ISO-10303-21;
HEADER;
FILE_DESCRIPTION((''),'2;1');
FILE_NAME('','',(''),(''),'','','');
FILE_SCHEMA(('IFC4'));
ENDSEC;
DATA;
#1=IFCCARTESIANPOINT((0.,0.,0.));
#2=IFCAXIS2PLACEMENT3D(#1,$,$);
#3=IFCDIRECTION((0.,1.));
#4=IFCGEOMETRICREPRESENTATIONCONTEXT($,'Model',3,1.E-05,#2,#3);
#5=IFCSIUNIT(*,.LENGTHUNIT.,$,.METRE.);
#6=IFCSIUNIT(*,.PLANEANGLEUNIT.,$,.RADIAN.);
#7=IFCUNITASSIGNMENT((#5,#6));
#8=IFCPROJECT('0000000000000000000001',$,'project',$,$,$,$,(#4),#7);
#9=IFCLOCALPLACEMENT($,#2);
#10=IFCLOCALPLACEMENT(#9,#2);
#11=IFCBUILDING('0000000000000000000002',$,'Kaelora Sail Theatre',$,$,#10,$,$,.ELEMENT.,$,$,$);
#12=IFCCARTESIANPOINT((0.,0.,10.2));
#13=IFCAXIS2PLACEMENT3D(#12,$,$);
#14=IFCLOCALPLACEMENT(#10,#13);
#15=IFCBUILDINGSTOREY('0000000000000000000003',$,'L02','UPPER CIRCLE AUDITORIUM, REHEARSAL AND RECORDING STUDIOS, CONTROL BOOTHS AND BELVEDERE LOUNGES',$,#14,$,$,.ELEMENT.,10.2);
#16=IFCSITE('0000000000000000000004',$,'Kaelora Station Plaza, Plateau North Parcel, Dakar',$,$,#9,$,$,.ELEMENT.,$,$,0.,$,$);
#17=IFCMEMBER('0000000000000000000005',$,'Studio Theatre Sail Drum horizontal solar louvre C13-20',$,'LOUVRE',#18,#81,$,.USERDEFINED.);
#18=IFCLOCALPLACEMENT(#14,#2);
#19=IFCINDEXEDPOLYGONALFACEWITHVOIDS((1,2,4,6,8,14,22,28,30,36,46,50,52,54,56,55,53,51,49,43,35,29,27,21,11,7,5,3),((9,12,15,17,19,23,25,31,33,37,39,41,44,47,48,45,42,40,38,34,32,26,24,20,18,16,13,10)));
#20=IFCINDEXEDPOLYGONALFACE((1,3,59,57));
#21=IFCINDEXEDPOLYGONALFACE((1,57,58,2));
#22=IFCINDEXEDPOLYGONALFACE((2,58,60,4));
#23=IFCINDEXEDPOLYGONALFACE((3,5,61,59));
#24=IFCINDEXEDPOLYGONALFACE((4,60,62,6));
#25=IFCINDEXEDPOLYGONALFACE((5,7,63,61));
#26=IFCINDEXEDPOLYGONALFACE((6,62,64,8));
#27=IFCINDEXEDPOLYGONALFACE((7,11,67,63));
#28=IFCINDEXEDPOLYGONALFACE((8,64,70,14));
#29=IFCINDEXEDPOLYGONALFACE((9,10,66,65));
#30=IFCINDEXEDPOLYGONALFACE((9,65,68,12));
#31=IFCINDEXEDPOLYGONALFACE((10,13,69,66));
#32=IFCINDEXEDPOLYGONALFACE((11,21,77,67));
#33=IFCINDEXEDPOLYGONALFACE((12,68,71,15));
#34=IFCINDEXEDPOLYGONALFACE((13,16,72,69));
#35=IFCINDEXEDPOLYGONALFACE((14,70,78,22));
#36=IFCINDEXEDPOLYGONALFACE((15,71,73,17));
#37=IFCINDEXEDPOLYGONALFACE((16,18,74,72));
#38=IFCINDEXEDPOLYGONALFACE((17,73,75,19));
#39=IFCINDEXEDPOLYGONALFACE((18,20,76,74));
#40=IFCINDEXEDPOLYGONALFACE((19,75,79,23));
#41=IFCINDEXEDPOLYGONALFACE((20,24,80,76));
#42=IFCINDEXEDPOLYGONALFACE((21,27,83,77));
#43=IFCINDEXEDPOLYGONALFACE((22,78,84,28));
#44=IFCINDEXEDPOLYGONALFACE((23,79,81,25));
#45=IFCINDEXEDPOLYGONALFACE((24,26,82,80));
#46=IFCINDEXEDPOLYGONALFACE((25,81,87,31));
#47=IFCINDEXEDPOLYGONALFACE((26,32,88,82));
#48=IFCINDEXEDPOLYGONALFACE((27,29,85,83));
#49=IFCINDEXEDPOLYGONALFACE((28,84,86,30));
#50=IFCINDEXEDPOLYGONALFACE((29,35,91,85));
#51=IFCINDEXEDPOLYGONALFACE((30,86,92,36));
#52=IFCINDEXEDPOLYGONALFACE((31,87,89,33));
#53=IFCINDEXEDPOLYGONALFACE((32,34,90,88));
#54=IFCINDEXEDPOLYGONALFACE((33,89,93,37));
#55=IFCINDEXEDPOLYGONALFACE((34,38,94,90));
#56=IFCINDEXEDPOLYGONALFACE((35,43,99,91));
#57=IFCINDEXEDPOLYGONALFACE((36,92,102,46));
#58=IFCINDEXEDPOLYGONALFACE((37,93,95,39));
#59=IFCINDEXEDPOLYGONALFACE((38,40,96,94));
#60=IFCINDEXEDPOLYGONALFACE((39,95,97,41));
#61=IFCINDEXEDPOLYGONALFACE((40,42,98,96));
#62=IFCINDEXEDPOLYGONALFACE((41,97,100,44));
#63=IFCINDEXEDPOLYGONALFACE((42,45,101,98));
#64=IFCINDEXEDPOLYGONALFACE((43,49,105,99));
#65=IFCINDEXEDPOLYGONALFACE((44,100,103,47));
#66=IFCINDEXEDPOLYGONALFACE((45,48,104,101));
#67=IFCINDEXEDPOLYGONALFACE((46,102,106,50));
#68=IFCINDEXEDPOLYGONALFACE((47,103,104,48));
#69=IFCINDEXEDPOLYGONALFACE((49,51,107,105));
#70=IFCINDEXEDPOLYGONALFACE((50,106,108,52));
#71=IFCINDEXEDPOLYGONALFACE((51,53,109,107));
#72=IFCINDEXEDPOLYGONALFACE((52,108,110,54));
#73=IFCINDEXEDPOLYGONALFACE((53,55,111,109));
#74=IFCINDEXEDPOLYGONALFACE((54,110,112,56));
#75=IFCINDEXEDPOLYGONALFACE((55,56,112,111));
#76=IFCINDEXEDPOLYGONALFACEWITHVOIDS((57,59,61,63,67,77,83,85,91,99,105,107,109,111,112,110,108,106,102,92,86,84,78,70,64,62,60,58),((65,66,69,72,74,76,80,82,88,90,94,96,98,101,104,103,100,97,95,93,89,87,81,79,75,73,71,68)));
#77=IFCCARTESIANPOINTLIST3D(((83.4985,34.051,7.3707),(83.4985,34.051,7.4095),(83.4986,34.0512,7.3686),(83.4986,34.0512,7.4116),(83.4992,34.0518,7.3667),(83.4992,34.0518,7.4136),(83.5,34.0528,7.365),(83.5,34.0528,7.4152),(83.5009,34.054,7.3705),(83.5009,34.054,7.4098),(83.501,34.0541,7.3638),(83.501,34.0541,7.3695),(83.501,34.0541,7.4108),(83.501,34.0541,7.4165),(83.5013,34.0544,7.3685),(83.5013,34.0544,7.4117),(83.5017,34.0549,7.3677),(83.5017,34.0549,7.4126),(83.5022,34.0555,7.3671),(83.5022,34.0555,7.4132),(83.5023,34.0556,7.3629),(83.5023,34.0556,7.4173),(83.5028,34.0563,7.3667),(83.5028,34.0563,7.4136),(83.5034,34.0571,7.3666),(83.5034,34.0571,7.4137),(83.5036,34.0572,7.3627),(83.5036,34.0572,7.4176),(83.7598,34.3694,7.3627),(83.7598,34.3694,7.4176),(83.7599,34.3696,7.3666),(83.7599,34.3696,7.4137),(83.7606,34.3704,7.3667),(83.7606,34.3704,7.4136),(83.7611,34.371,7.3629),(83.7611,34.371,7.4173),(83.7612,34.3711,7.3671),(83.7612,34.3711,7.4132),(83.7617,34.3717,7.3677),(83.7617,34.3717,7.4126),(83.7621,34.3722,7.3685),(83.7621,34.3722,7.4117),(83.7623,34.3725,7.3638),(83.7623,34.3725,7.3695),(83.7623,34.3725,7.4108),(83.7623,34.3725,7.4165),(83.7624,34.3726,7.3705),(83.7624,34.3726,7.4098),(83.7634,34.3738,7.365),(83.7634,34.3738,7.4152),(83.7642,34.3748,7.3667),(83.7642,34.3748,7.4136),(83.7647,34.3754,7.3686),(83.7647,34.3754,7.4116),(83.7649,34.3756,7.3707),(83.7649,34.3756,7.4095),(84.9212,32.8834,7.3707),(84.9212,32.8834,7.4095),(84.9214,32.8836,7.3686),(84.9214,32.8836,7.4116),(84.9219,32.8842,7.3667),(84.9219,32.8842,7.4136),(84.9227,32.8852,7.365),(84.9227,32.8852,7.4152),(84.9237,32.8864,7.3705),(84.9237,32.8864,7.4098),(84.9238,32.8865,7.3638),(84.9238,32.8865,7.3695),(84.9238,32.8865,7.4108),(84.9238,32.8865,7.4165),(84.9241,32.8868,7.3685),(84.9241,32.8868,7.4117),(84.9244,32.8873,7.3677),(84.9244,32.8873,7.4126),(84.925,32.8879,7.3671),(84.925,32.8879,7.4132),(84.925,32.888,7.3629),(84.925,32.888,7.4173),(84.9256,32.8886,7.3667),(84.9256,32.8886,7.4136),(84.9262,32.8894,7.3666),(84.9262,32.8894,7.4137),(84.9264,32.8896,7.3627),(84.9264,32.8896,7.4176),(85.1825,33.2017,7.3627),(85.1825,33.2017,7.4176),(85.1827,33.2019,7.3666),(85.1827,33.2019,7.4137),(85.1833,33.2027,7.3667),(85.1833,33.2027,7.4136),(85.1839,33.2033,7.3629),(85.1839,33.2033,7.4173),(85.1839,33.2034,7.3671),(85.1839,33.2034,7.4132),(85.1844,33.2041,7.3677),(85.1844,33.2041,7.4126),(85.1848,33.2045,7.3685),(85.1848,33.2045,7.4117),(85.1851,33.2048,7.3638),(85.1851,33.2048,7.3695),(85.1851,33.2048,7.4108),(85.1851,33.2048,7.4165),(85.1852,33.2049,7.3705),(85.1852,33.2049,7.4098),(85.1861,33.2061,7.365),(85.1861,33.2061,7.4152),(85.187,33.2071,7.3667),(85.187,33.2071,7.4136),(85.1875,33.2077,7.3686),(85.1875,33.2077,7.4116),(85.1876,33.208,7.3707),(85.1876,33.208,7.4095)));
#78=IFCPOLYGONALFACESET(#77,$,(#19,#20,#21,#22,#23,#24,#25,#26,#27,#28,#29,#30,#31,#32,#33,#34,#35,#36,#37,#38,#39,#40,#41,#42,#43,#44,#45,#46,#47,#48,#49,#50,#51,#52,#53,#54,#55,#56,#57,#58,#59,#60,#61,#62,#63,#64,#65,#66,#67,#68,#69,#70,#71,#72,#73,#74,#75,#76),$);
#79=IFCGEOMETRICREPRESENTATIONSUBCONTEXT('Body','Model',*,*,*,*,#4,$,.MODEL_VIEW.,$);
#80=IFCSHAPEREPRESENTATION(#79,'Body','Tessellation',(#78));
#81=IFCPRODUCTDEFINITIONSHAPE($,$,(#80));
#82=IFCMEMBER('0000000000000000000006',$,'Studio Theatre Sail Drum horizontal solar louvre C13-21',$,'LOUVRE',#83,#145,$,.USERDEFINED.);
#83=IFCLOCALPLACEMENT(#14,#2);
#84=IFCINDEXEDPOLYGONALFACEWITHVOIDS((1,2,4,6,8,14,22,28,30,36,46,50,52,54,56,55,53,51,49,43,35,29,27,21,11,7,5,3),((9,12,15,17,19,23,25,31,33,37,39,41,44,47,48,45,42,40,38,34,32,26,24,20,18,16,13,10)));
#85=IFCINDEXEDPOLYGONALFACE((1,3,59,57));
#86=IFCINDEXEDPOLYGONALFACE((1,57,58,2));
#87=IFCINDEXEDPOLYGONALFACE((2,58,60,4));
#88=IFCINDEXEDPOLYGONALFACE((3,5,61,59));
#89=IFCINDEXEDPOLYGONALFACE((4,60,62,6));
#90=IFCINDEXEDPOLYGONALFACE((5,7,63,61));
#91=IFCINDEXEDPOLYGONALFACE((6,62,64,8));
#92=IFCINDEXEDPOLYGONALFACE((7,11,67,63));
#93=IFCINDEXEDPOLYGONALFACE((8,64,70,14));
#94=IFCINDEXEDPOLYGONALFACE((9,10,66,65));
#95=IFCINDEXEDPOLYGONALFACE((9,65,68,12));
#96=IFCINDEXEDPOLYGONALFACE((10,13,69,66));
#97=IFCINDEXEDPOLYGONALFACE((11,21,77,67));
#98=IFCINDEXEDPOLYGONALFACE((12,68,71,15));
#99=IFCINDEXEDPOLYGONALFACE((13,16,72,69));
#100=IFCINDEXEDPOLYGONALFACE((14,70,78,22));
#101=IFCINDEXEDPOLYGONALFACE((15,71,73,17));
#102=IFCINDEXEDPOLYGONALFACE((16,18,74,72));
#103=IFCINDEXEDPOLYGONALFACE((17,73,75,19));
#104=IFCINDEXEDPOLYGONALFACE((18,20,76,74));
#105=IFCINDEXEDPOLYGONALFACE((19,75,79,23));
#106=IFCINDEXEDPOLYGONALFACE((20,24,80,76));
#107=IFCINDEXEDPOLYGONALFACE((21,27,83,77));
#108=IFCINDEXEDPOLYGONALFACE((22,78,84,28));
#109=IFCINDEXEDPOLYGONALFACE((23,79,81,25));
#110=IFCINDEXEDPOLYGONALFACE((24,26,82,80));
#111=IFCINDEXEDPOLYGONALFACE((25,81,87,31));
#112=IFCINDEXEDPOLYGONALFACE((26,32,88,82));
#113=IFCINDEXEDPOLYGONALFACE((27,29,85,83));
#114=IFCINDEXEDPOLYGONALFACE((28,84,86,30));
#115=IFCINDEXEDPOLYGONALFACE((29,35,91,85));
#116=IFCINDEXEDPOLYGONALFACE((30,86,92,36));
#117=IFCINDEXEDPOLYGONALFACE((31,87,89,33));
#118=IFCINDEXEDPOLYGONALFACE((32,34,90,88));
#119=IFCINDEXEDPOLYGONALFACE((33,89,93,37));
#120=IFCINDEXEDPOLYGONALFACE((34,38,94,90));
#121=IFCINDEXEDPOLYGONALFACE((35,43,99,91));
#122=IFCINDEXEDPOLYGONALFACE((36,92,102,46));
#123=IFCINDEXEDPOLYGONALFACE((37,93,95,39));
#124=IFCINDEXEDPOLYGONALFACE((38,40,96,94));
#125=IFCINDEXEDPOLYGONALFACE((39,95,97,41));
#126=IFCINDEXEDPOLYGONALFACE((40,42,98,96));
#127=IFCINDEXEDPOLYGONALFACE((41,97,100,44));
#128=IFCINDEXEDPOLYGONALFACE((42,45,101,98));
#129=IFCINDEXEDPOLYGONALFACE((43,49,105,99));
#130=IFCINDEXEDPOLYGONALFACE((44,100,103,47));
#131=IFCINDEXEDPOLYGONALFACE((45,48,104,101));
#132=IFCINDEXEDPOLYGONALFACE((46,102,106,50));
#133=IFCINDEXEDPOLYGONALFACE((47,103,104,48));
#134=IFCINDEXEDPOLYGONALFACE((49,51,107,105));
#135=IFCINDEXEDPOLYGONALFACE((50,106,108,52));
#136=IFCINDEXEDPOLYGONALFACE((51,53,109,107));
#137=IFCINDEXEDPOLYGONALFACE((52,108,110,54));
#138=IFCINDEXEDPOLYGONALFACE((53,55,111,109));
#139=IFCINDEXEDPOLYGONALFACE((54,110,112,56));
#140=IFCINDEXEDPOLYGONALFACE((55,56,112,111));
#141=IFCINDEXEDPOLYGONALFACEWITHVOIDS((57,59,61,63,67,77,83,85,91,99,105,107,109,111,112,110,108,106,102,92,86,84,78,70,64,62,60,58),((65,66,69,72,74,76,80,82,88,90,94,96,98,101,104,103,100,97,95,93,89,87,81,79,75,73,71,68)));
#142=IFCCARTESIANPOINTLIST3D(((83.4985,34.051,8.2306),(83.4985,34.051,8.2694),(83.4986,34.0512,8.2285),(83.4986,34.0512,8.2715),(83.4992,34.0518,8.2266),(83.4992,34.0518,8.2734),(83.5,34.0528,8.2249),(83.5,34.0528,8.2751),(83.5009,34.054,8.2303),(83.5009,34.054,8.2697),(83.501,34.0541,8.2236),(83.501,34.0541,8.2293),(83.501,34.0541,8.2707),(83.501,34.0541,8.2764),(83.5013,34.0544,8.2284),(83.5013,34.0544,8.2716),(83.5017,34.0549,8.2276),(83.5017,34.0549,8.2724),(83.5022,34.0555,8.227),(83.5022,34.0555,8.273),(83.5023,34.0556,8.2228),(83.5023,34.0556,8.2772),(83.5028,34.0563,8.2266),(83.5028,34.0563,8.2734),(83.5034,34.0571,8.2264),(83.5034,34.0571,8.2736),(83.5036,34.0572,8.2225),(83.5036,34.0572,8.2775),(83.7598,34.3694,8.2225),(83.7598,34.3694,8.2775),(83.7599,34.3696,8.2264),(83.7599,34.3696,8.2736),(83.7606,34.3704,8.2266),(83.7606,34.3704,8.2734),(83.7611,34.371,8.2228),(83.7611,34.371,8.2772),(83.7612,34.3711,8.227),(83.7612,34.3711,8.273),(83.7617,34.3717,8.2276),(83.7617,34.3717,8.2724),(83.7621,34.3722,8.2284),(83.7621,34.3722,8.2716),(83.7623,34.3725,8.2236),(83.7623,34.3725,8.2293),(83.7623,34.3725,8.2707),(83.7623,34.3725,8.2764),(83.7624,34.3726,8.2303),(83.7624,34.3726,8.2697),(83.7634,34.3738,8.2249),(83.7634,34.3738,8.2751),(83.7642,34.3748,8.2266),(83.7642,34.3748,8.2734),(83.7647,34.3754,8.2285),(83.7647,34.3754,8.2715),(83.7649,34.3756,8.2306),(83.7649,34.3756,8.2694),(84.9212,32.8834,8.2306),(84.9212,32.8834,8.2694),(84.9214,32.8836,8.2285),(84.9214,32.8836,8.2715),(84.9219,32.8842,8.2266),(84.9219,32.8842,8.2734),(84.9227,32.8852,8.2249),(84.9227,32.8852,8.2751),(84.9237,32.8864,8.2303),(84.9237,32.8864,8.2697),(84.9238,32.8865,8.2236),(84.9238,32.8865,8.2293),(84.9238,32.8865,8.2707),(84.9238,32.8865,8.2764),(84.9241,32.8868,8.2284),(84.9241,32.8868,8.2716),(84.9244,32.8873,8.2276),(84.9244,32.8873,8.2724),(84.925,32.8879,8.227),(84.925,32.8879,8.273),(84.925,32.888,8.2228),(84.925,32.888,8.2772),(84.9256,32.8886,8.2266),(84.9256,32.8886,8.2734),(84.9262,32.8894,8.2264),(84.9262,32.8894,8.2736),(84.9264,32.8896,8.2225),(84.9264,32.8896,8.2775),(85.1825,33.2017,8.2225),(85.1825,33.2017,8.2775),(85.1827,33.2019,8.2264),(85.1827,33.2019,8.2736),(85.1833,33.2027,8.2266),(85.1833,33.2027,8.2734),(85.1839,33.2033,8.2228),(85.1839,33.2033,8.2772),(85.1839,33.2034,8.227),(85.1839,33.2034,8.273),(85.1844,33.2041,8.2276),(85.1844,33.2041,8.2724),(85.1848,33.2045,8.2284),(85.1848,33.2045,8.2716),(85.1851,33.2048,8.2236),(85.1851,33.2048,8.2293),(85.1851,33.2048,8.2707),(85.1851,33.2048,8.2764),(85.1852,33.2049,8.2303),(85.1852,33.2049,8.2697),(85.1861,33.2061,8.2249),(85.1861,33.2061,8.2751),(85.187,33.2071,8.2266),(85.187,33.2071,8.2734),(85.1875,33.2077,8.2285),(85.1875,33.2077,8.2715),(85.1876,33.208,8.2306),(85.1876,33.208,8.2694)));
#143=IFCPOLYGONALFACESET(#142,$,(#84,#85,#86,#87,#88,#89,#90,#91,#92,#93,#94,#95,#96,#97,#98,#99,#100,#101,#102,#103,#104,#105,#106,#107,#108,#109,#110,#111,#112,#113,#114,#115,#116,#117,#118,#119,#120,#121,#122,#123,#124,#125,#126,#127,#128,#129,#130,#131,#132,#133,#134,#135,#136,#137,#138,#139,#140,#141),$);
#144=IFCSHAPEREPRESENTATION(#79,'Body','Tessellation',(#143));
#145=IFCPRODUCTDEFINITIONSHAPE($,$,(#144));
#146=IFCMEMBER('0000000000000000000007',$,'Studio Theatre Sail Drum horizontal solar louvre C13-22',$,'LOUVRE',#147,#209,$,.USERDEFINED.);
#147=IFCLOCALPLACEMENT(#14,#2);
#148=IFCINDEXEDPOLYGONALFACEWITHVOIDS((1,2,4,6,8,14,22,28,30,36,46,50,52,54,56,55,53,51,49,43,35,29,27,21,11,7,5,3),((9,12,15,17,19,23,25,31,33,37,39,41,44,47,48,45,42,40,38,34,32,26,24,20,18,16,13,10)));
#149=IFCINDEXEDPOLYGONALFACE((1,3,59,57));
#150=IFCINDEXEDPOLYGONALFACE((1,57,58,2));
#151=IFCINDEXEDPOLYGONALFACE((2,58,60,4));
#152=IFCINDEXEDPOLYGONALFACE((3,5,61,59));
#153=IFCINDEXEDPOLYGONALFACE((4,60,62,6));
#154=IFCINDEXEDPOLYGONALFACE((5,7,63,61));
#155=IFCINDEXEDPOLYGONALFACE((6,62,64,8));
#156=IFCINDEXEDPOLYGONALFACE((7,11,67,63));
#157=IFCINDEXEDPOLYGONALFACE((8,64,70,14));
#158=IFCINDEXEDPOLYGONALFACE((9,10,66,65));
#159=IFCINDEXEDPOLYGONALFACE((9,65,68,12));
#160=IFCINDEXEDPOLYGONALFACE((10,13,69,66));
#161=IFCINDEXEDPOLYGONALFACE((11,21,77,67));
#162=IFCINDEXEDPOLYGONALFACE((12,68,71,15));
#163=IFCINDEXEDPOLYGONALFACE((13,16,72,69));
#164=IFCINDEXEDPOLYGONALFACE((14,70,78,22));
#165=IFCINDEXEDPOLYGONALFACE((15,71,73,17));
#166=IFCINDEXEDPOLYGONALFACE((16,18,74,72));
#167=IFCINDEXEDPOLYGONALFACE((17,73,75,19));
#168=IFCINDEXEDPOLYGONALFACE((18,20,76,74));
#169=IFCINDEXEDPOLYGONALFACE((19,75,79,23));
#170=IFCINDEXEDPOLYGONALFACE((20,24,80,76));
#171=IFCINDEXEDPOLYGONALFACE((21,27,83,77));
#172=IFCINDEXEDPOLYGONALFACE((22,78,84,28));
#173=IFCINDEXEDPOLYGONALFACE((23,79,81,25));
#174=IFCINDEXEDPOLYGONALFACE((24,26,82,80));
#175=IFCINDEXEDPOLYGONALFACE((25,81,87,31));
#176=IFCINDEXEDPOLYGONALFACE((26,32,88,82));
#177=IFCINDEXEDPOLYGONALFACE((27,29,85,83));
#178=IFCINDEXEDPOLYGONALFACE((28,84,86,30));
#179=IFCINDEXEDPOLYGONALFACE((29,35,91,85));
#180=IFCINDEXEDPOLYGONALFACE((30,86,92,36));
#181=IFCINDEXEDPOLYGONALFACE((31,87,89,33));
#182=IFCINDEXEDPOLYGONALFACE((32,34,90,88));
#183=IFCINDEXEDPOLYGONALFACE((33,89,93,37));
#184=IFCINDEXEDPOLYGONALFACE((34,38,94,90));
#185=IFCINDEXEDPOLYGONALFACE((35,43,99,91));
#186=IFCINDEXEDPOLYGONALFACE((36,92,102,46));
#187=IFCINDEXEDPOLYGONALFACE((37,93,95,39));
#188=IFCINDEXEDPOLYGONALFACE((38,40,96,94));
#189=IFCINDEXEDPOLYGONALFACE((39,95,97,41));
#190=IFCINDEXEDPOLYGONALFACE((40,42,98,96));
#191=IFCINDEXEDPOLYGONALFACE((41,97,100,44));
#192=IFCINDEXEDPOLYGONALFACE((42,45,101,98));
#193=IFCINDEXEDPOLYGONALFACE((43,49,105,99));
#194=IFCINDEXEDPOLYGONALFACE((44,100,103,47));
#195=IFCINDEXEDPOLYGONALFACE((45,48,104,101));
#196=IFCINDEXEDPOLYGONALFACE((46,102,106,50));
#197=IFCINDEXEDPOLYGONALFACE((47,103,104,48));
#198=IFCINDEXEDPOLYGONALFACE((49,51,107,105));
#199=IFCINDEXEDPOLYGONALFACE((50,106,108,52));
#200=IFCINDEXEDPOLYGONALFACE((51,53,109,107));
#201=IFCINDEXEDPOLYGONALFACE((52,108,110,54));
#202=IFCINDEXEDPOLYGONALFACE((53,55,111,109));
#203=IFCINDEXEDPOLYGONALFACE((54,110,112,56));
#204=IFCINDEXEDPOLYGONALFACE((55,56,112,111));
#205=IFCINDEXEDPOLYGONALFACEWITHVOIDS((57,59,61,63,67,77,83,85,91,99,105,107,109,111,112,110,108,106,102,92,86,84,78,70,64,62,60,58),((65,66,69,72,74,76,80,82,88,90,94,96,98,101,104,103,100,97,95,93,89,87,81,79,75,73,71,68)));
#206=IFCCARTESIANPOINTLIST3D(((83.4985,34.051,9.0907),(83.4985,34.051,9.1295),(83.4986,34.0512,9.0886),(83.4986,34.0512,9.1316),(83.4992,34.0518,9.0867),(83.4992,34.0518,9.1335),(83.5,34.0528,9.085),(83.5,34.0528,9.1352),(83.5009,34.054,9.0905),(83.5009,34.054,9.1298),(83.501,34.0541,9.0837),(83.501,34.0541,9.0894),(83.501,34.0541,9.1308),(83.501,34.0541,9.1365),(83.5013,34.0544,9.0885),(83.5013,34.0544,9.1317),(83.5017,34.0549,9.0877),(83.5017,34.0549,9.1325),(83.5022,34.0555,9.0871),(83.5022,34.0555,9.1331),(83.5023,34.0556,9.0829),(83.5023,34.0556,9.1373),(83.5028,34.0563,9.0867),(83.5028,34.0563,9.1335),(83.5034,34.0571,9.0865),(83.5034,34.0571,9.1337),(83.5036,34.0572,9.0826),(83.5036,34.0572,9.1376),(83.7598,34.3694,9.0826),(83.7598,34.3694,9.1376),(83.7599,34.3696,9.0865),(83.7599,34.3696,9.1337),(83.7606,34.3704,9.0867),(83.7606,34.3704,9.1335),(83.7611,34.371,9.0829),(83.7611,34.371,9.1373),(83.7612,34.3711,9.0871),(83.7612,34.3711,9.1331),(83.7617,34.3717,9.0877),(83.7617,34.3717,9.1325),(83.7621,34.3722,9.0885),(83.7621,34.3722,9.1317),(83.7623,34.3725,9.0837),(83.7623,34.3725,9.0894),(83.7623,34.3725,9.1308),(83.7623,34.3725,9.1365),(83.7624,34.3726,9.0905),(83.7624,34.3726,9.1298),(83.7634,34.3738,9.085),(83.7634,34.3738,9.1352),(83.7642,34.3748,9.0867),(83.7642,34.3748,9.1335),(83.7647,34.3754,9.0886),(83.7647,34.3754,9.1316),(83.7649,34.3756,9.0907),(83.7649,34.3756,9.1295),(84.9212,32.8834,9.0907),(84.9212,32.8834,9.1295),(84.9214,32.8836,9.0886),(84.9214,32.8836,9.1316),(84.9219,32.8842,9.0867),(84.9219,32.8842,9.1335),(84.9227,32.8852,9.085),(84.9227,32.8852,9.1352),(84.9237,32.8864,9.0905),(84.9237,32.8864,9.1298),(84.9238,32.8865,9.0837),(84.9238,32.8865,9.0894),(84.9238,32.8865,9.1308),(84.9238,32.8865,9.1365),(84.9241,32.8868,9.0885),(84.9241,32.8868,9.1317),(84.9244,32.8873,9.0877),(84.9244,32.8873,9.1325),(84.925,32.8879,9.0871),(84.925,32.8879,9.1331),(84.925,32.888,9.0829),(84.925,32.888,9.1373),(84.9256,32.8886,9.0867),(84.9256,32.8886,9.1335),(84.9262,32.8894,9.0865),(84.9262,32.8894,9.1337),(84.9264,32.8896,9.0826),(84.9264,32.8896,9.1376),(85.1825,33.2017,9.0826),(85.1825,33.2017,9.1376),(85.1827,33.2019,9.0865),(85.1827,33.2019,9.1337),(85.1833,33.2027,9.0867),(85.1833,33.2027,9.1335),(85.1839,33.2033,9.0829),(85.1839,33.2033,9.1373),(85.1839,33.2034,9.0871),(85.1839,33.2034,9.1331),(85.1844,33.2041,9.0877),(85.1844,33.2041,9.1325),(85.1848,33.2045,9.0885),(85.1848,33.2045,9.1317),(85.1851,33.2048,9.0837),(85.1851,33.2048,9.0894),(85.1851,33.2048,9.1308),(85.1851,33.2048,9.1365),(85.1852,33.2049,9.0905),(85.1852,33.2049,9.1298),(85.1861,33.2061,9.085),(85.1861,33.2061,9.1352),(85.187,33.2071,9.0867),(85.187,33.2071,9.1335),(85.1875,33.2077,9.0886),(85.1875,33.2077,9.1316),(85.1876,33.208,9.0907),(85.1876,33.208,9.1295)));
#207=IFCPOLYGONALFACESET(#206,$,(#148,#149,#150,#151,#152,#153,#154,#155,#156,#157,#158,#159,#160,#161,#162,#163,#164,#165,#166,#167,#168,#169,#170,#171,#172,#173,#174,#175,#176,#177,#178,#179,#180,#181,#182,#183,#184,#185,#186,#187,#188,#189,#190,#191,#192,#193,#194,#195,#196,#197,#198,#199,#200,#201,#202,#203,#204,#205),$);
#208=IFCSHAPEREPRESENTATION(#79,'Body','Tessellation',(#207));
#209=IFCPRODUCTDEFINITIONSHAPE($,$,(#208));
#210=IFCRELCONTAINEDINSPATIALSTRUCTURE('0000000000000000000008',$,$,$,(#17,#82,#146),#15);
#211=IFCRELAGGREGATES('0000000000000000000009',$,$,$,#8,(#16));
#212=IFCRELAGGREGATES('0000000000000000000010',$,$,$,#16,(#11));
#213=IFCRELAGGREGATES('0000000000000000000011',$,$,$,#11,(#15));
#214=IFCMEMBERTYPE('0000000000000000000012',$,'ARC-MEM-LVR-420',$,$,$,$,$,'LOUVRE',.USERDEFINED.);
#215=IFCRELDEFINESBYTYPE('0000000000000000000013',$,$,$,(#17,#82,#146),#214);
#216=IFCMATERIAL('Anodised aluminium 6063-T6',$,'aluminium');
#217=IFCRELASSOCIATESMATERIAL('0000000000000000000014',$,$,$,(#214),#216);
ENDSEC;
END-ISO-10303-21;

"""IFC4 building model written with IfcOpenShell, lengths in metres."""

from ifc_helpers import new_model, si_unit, direction, frame, origin, origin_2d, place, context, subcontext, project, spatial, hollow_rectangle, extrude, material, material_profile, profile_set, type_object, element, save


model = new_model("IFC4")

# Units and contexts
model_context = context("Model", 3, precision=1e-05, world=origin(), true_north=direction((0.0, 1.0)))
body_context = subcontext(model_context, "Body", "Model", "MODEL_VIEW")
ifc_project = project(units=[si_unit("LENGTHUNIT", "METRE"), si_unit("PLANEANGLEUNIT", "RADIAN")], contexts=[model_context])

# Site, building, storey
site_placement = place(None, origin())
site = spatial("IfcSite", under=ifc_project, at=site_placement, Name="Kaelora Station Plaza, Plateau North Parcel, Dakar", CompositionType="ELEMENT", RefElevation=0.0)
building_placement = place(site_placement, origin())
building = spatial("IfcBuilding", under=site, at=building_placement, Name="Kaelora Sail Theatre", CompositionType="ELEMENT")
storey_placement = place(building_placement, frame((0.0, 0.0, 10.2)))
storey = spatial("IfcBuildingStorey", under=building, at=storey_placement, Name="L02", Description="UPPER CIRCLE AUDITORIUM, REHEARSAL AND RECORDING STUDIOS, CONTROL BOOTHS AND BELVEDERE LOUNGES", CompositionType="ELEMENT", Elevation=10.2)

# Members
ifc_material_1 = material(Name="Anodised aluminium 6063-T6", Category="aluminium")
ifc_material_profile_1 = material_profile(ifc_material_1, hollow_rectangle(XDim=0.4199, YDim=0.0549, WallThickness=0.0039, InnerFilletRadius=0.0039, OuterFilletRadius=0.0081, at=origin_2d()), Name="LOUVRE 420x55x4")
ifc_profile_set_1 = profile_set([ifc_material_profile_1], Name="Anodised aluminium 6063-T6")
member_type = type_object("IfcMemberType", Name="ARC-MEM-LVR-420", ElementType="LOUVRE", PredefinedType="USERDEFINED", material=ifc_profile_set_1)
for number, where, z_axis, x_axis, name in (
    (1, (85.0544, 33.0457, 7.3901), (-0.773005, 0.6344, 0.0), (-0.6344, -0.773005, 0.0), "Studio Theatre Sail Drum horizontal solar louvre C13-20"),
    (2, (85.0544, 33.0457, 8.25), (-0.773005, 0.6344, 0.0), (-0.6344, -0.773005, 0.0), "Studio Theatre Sail Drum horizontal solar louvre C13-21"),
    (3, (85.0544, 33.0457, 9.1101), (-0.773005, 0.6344, 0.0), (-0.6344, -0.773005, 0.0), "Studio Theatre Sail Drum horizontal solar louvre C13-22"),
):
    element("IfcMember", number, at=place(storey_placement, frame(where, z_axis=z_axis, x_axis=x_axis)), inside=storey, type_object=member_type, Name=name, ObjectType="LOUVRE", PredefinedType="USERDEFINED", context=body_context, shape_type="SweptSolid", body=[
        extrude(hollow_rectangle(XDim=0.4199, YDim=0.0549, WallThickness=0.0039, InnerFilletRadius=0.0039, OuterFilletRadius=0.0081, at=origin_2d()), origin(), (0.0, 0.0, 1.0), 1.8406),
    ])

save(model, "model.ifc")
